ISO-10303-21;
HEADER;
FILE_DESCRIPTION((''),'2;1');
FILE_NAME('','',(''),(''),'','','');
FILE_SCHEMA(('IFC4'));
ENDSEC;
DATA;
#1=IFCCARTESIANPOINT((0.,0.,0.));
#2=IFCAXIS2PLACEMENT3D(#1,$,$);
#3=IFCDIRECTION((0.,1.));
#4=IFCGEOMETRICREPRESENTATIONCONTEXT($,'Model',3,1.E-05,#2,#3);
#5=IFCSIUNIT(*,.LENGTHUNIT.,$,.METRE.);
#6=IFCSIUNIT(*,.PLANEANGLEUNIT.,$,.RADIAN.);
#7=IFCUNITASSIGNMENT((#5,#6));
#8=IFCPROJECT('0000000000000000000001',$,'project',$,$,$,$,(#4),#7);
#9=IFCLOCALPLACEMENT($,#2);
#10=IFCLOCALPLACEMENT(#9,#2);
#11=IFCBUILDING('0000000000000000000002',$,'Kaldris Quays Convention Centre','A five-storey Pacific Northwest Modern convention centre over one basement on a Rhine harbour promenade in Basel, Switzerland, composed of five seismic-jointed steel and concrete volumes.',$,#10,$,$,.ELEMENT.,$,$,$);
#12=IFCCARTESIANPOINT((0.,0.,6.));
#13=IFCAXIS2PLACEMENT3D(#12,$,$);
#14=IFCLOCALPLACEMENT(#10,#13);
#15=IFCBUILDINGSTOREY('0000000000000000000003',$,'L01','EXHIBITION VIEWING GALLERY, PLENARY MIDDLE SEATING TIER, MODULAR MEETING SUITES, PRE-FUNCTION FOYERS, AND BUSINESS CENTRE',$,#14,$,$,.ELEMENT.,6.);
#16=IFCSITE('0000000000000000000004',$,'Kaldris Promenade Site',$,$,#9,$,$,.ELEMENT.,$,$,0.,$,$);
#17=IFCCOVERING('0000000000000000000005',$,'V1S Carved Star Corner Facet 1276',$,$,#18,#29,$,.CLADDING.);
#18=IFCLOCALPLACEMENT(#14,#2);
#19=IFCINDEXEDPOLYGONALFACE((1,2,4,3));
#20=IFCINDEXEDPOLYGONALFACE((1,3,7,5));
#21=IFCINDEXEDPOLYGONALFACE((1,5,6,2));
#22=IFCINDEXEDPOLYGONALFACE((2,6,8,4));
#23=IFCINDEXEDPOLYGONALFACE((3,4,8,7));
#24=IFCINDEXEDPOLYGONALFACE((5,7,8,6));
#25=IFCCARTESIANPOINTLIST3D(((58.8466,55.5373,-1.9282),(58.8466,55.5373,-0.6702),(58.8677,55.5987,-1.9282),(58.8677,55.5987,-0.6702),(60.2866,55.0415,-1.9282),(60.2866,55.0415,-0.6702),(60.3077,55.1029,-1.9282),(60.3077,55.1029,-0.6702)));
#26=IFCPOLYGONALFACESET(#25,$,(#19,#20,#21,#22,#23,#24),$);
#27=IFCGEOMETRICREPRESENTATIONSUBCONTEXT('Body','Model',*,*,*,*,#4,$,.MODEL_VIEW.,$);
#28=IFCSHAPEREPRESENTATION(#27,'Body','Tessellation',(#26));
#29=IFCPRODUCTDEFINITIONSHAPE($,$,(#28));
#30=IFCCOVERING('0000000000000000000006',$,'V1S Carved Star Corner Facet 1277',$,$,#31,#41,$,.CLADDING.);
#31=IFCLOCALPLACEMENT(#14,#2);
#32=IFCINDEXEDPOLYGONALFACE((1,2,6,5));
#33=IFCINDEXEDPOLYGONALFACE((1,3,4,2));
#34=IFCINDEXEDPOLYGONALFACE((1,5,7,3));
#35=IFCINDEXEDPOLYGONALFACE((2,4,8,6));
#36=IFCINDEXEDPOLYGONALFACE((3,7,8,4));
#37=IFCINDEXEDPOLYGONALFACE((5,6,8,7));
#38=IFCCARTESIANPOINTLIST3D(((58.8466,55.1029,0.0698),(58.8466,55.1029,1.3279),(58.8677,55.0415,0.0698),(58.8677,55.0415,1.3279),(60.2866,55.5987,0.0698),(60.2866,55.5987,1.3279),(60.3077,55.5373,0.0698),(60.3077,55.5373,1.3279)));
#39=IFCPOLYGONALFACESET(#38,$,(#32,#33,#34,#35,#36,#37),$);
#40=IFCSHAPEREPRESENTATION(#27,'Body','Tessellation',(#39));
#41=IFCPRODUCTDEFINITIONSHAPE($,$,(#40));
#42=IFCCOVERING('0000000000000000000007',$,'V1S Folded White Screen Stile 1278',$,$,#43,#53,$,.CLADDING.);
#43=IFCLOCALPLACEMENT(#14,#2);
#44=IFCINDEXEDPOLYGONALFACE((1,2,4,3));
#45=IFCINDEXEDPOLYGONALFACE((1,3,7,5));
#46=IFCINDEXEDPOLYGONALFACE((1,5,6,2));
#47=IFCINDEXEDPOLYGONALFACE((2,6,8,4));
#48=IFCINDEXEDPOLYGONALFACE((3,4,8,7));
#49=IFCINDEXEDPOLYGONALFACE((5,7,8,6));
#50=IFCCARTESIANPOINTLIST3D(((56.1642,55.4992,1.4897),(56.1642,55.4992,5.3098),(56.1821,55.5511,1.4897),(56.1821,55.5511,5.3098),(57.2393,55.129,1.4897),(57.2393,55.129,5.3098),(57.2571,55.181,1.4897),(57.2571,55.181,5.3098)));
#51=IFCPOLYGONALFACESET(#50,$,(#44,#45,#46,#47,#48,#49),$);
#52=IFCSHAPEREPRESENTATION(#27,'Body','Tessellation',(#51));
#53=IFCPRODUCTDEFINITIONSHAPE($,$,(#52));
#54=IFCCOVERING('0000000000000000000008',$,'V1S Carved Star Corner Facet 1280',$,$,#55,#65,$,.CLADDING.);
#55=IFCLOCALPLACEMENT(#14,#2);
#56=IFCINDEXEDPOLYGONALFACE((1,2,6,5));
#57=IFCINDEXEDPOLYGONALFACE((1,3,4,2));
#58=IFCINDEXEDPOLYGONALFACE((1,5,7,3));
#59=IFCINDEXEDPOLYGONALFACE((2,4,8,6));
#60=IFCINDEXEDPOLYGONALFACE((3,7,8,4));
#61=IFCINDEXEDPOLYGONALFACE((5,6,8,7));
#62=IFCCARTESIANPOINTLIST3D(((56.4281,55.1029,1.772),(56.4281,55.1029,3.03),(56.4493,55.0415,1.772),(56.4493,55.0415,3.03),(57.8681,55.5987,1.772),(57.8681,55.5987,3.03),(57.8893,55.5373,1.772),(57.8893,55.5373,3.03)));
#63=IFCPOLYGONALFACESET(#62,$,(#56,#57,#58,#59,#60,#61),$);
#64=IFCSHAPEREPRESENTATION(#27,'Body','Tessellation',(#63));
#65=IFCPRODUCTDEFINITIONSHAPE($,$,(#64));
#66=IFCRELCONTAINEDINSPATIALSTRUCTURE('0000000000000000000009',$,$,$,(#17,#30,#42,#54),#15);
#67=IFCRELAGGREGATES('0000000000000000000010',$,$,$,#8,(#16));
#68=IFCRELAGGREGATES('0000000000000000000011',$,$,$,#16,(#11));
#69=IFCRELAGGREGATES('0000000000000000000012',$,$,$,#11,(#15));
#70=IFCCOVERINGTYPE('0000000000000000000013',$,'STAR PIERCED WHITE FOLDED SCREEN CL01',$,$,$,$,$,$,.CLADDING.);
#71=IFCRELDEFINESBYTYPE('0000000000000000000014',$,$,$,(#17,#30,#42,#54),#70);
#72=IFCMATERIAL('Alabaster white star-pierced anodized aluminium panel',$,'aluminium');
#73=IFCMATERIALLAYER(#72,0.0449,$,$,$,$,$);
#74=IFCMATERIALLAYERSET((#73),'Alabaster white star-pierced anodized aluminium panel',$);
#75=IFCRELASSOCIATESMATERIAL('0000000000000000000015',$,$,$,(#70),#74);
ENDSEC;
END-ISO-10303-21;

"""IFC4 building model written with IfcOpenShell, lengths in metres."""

from ifc_helpers import new_model, si_unit, direction, frame, origin, origin_2d, place, context, subcontext, project, spatial, rectangle, extrude, material, layer, layer_set, type_object, element, save


model = new_model("IFC4")

# Units and contexts
model_context = context("Model", 3, precision=1e-05, world=origin(), true_north=direction((0.0, 1.0)))
body_context = subcontext(model_context, "Body", "Model", "MODEL_VIEW")
ifc_project = project(units=[si_unit("LENGTHUNIT", "METRE"), si_unit("PLANEANGLEUNIT", "RADIAN")], contexts=[model_context])

# Site, building, storey
site_placement = place(None, origin())
site = spatial("IfcSite", under=ifc_project, at=site_placement, Name="Kaldris Promenade Site", CompositionType="ELEMENT", RefElevation=0.0)
building_placement = place(site_placement, origin())
building = spatial("IfcBuilding", under=site, at=building_placement, Name="Kaldris Quays Convention Centre", Description="A five-storey Pacific Northwest Modern convention centre over one basement on a Rhine harbour promenade in Basel, Switzerland, composed of five seismic-jointed steel and concrete volumes.", CompositionType="ELEMENT")
storey_placement = place(building_placement, frame((0.0, 0.0, 6.0)))
storey = spatial("IfcBuildingStorey", under=building, at=storey_placement, Name="L01", Description="EXHIBITION VIEWING GALLERY, PLENARY MIDDLE SEATING TIER, MODULAR MEETING SUITES, PRE-FUNCTION FOYERS, AND BUSINESS CENTRE", CompositionType="ELEMENT", Elevation=6.0)

# Coverings
ifc_material_1 = material(Name="Alabaster white star-pierced anodized aluminium panel", Category="aluminium")
ifc_layer_1 = layer(ifc_material_1, 0.0449)
ifc_layer_set_1 = layer_set([ifc_layer_1], Name="Alabaster white star-pierced anodized aluminium panel")
covering_type = type_object("IfcCoveringType", Name="STAR PIERCED WHITE FOLDED SCREEN CL01", PredefinedType="CLADDING", material=ifc_layer_set_1)
for number, where, z_axis, x_axis, name in (
    (1, (59.5771, 55.3201, -1.9282), (0.0, 0.0, 1.0), (0.945519, -0.325568, 0.0), "V1S Carved Star Corner Facet 1276"),
    (2, (59.5771, 55.3201, 0.0698), (0.0, 0.0, 1.0), (0.945519, 0.325568, 0.0), "V1S Carved Star Corner Facet 1277"),
):
    element("IfcCovering", number, at=place(storey_placement, frame(where, z_axis=z_axis, x_axis=x_axis)), inside=storey, type_object=covering_type, Name=name, PredefinedType="CLADDING", context=body_context, shape_type="SweptSolid", body=[
        extrude(rectangle(XDim=1.5229, YDim=0.0649, at=origin_2d()), origin(), (0.0, 0.0, 1.0), 1.2581),
    ])
covering_1_placement = place(storey_placement, frame((56.7107, 55.3401, 1.4897), z_axis=(0.0, 0.0, 1.0), x_axis=(0.945519, -0.325568, 0.0)))
element("IfcCovering", 3, at=covering_1_placement, inside=storey, type_object=covering_type, Name="V1S Folded White Screen Stile 1278", PredefinedType="CLADDING", context=body_context, shape_type="SweptSolid", body=[
    extrude(rectangle(XDim=1.137, YDim=0.0549, at=origin_2d()), origin(), (0.0, 0.0, 1.0), 3.8201),
])
covering_2_placement = place(storey_placement, frame((57.1587, 55.3201, 1.772), z_axis=(0.0, 0.0, 1.0), x_axis=(0.945519, 0.325568, 0.0)))
element("IfcCovering", 4, at=covering_2_placement, inside=storey, type_object=covering_type, Name="V1S Carved Star Corner Facet 1280", PredefinedType="CLADDING", context=body_context, shape_type="SweptSolid", body=[
    extrude(rectangle(XDim=1.5229, YDim=0.0649, at=origin_2d()), origin(), (0.0, 0.0, 1.0), 1.2581),
])

save(model, "model.ifc")
